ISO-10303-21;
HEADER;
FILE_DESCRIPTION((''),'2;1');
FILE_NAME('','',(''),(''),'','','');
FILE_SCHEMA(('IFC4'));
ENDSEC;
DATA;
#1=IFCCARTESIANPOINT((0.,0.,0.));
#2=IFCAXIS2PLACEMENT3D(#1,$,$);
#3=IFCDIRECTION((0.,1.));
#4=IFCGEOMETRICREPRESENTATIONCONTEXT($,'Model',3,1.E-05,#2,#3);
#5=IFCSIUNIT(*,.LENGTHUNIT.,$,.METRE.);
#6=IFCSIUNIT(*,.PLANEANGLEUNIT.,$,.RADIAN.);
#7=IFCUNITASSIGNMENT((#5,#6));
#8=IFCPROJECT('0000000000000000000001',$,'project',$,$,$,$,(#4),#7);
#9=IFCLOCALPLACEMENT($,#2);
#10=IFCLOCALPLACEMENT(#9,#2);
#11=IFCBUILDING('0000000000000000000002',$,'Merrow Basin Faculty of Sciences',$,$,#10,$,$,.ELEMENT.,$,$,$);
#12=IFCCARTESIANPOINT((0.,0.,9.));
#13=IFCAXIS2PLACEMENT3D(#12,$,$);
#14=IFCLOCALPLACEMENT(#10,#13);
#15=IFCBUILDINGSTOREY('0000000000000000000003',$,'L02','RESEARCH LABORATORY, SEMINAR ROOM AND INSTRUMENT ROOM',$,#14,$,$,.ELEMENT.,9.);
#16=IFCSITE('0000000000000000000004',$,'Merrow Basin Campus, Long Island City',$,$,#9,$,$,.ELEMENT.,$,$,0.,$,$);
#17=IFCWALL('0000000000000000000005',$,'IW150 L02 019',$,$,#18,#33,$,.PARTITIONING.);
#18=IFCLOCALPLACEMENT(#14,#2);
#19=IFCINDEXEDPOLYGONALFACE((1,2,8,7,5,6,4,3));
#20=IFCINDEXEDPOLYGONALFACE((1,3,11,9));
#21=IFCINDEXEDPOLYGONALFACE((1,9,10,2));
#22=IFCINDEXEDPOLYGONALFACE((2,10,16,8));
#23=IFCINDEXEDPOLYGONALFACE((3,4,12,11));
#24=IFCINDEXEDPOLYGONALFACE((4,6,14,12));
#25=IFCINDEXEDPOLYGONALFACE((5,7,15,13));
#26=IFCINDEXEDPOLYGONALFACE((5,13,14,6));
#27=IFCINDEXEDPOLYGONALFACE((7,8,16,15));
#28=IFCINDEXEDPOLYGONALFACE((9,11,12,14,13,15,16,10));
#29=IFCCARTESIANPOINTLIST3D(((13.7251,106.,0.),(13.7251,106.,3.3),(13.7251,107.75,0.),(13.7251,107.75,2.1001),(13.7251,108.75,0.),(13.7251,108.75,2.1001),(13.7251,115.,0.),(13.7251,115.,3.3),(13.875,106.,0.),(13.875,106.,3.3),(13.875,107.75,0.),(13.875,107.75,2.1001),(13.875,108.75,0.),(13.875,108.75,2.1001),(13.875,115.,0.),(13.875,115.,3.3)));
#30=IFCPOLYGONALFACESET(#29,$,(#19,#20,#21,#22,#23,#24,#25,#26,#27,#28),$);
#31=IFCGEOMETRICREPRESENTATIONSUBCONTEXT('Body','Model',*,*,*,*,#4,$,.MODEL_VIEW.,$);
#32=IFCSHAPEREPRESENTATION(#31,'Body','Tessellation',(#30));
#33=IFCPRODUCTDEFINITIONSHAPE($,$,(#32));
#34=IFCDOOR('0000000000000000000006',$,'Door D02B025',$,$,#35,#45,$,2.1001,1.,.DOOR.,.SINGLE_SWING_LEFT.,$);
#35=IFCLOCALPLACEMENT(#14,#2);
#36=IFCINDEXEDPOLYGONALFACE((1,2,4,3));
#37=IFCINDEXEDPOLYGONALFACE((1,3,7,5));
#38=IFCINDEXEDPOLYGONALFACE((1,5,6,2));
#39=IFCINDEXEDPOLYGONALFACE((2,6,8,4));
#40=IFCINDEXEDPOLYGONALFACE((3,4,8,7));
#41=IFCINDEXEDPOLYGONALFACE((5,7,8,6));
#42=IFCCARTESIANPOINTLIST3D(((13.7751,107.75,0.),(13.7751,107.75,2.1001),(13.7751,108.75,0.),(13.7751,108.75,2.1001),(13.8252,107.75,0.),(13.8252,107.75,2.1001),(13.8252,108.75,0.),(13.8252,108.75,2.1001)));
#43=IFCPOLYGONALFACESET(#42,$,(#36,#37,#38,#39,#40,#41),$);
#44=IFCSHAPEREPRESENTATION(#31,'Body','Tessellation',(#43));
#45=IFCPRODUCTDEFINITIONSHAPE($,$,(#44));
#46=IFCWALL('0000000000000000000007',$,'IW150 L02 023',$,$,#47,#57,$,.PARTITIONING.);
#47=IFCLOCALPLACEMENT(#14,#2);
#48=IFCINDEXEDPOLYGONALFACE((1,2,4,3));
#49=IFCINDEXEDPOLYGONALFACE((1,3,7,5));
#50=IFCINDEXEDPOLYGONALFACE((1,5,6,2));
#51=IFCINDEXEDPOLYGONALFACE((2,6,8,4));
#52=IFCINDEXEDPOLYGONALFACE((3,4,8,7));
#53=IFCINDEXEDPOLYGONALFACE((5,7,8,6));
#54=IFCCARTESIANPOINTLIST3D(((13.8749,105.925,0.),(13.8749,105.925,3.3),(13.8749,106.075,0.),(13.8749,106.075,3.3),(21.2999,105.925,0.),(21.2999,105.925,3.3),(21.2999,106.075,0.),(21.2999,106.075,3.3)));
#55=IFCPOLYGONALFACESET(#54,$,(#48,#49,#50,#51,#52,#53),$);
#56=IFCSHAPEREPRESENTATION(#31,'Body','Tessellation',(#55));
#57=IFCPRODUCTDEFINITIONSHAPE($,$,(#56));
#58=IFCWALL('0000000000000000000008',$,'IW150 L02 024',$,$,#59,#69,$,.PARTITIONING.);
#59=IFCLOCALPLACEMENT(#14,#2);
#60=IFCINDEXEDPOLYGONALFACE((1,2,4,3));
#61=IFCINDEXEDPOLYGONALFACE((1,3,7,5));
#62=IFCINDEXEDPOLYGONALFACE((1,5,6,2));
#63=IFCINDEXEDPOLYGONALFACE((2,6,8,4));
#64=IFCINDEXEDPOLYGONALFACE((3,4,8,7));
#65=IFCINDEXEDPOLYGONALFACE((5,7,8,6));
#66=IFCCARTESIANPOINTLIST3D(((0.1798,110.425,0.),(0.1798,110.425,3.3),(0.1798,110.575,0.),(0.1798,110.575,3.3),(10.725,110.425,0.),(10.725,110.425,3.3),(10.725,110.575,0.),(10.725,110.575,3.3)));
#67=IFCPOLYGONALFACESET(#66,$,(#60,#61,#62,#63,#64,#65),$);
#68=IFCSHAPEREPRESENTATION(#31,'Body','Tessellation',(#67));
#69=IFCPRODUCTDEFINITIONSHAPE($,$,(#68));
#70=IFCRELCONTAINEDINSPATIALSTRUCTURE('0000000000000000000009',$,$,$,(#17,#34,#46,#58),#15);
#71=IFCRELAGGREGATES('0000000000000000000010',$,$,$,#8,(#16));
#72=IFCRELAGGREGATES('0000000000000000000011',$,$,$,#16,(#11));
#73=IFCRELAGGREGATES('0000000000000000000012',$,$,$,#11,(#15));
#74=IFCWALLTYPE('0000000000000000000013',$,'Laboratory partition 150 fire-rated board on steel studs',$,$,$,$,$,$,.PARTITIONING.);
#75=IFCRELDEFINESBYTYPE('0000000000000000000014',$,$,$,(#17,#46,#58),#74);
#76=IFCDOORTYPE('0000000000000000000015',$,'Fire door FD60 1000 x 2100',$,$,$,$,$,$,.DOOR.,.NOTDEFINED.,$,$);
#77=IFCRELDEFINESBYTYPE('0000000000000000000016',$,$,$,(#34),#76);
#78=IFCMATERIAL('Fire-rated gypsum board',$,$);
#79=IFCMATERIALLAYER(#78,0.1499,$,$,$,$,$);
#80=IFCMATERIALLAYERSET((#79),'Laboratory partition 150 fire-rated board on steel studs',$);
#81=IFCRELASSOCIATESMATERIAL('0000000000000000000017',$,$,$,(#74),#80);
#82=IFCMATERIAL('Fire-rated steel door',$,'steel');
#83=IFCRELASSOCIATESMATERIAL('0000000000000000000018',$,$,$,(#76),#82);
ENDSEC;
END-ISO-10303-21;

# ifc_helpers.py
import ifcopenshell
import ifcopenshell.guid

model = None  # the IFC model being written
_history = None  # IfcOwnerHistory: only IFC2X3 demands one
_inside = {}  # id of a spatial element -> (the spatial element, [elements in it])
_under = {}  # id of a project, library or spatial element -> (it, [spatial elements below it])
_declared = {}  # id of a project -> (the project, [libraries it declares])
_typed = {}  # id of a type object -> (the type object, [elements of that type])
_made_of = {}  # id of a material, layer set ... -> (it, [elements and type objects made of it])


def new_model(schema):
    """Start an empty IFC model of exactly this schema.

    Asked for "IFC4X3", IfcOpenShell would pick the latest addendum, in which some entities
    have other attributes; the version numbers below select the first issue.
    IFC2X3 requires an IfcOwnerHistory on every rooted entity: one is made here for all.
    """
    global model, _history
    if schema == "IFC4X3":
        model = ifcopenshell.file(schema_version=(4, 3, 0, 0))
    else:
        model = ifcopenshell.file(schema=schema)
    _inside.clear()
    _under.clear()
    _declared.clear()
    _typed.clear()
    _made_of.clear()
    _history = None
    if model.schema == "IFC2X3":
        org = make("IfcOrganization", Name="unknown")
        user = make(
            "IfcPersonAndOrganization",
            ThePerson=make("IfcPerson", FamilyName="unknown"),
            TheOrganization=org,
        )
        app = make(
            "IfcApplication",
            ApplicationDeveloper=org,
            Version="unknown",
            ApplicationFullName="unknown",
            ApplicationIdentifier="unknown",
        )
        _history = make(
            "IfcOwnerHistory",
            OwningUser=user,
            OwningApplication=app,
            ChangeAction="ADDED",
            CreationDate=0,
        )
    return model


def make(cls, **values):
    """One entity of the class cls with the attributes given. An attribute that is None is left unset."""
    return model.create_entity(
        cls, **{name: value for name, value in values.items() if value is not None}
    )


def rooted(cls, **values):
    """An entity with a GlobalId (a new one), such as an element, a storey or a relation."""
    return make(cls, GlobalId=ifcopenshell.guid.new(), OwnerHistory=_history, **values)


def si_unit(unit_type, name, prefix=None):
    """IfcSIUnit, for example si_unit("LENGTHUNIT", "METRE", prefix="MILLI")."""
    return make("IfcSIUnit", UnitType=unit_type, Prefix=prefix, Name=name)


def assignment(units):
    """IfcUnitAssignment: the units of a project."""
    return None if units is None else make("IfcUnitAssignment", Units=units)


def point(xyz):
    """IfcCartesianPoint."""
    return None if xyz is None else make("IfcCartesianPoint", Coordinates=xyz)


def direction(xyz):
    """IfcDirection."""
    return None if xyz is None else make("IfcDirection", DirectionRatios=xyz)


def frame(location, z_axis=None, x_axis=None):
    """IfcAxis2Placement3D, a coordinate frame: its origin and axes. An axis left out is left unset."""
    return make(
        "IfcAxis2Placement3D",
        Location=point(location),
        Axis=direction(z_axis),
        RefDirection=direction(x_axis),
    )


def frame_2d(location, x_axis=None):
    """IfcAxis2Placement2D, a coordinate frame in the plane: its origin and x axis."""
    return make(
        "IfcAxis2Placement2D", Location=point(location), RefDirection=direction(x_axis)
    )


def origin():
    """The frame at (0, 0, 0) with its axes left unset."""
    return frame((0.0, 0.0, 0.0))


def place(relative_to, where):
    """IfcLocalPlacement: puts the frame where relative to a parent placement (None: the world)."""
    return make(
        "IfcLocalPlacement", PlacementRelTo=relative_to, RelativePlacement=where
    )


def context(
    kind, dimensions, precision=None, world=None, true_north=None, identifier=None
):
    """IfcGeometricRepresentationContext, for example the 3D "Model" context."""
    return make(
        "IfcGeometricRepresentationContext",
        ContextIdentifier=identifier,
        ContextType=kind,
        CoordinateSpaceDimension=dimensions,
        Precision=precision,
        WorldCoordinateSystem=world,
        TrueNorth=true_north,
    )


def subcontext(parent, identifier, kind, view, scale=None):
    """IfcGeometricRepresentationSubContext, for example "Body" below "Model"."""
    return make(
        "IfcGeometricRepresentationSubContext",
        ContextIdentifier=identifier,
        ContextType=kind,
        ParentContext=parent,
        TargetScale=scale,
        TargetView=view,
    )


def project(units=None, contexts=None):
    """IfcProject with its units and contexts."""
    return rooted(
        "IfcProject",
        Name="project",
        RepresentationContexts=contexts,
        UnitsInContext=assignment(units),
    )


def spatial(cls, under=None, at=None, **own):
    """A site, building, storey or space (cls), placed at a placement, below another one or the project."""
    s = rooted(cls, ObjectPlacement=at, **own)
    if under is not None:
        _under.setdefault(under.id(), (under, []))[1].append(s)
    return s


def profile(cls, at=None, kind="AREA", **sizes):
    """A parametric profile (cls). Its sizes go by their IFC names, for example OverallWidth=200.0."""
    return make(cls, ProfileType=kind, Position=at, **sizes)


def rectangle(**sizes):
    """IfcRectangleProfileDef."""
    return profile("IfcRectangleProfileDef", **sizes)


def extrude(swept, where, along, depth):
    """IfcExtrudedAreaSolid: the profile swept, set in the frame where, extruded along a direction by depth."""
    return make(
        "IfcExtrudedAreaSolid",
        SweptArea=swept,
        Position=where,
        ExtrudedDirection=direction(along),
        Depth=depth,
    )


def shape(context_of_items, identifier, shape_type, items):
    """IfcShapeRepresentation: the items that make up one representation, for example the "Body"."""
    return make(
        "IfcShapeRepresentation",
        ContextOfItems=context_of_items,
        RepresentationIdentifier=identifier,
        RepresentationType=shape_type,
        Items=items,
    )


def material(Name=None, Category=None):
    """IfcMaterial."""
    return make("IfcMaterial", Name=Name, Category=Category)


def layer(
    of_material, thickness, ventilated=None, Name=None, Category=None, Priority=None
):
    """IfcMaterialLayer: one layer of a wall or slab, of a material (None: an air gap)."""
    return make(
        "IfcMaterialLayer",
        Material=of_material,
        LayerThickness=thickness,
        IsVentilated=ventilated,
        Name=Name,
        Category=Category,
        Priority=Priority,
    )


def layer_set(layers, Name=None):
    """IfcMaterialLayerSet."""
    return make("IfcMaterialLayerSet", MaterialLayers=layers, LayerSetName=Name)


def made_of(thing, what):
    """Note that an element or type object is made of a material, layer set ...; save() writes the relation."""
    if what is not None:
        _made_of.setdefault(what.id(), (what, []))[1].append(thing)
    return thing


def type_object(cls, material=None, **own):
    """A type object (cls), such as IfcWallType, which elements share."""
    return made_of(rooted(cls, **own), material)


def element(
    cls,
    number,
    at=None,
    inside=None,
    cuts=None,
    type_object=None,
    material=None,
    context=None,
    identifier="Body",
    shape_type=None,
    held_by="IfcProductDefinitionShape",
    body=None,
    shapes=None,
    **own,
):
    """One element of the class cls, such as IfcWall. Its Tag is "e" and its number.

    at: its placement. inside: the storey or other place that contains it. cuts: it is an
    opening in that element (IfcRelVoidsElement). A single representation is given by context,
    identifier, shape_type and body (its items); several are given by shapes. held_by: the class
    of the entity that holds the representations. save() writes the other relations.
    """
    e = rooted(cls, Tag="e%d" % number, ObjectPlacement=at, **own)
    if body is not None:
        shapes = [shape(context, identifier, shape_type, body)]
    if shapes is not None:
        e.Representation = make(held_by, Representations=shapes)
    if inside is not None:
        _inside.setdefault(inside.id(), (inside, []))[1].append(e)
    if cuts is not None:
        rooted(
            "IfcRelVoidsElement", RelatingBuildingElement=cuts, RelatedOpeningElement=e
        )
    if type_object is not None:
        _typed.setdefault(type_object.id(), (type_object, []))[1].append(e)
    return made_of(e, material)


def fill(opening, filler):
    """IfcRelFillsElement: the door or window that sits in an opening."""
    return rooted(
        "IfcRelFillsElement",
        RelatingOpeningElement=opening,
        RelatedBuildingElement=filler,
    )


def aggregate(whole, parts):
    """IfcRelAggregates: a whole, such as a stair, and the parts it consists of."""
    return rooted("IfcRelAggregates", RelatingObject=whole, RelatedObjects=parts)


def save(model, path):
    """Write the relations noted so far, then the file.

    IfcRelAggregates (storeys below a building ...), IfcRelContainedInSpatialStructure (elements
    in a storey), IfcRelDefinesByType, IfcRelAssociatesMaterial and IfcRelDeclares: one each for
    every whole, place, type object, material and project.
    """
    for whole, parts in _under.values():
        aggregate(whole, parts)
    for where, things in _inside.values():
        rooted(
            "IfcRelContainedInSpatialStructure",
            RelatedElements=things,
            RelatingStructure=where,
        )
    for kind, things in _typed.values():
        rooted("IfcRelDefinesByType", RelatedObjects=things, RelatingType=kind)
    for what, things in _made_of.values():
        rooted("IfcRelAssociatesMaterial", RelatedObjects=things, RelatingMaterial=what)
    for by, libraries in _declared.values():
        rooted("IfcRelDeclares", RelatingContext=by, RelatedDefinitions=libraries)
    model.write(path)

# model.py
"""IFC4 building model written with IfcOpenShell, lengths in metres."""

from ifc_helpers import new_model, si_unit, direction, frame, frame_2d, origin, place, context, subcontext, project, spatial, rectangle, extrude, material, layer, layer_set, type_object, element, fill, save


model = new_model("IFC4")

# Units and contexts
model_context = context("Model", 3, precision=1e-05, world=origin(), true_north=direction((0.0, 1.0)))
body_context = subcontext(model_context, "Body", "Model", "MODEL_VIEW")
ifc_project = project(units=[si_unit("LENGTHUNIT", "METRE"), si_unit("PLANEANGLEUNIT", "RADIAN")], contexts=[model_context])

# Site, building, storey
site_placement = place(None, origin())
site = spatial("IfcSite", under=ifc_project, at=site_placement, Name="Merrow Basin Campus, Long Island City", CompositionType="ELEMENT", RefElevation=0.0)
building_placement = place(site_placement, origin())
building = spatial("IfcBuilding", under=site, at=building_placement, Name="Merrow Basin Faculty of Sciences", CompositionType="ELEMENT")
storey_placement = place(building_placement, frame((0.0, 0.0, 9.0)))
storey = spatial("IfcBuildingStorey", under=building, at=storey_placement, Name="L02", Description="RESEARCH LABORATORY, SEMINAR ROOM AND INSTRUMENT ROOM", CompositionType="ELEMENT", Elevation=9.0)

# Shared definitions
ifc_material_1 = material(Name="Fire-rated gypsum board")
ifc_layer_1 = layer(ifc_material_1, 0.1499)
ifc_layer_set_1 = layer_set([ifc_layer_1], Name="Laboratory partition 150 fire-rated board on steel studs")
wall_type = type_object("IfcWallType", Name="Laboratory partition 150 fire-rated board on steel studs", PredefinedType="PARTITIONING", material=ifc_layer_set_1)
ifc_material_2 = material(Name="Fire-rated steel door", Category="steel")
door_type = type_object("IfcDoorType", Name="Fire door FD60 1000 x 2100", OperationType="NOTDEFINED", PredefinedType="DOOR", material=ifc_material_2)

# Wall, opening, door
wall_1_placement = place(storey_placement, frame((13.8, 106.0, 0.0), z_axis=(0.0, 0.0, 1.0), x_axis=(0.0, 1.0, 0.0)))
wall_1 = element("IfcWall", 1, at=wall_1_placement, inside=storey, type_object=wall_type, Name="IW150 L02 019", PredefinedType="PARTITIONING", context=body_context, shape_type="SweptSolid", body=[
    extrude(rectangle(XDim=9.0, YDim=0.1499, at=frame_2d((4.5, 0.0))), origin(), (0.0, 0.0, 1.0), 3.3),
])
opening_1_placement = place(wall_1_placement, frame((1.75, 0.0, 0.0)))
opening_1 = element("IfcOpeningElement", 2, at=opening_1_placement, cuts=wall_1, PredefinedType="OPENING", context=body_context, shape_type="SweptSolid", body=[
    extrude(rectangle(XDim=1.0, YDim=2.1001, at=frame_2d((0.5, 1.05))), frame((0.0, 0.085, 0.0), z_axis=(0.0, -1.0, 0.0), x_axis=(1.0, 0.0, 0.0)), (0.0, 0.0, 1.0), 0.1699),
])
door_1_placement = place(opening_1_placement, origin())
door_1 = element("IfcDoor", 3, at=door_1_placement, inside=storey, type_object=door_type, Name="Door D02B025", OperationType="SINGLE_SWING_LEFT", OverallHeight=2.1001, OverallWidth=1.0, PredefinedType="DOOR", context=body_context, shape_type="SweptSolid", body=[
    extrude(rectangle(XDim=1.0, YDim=2.1001, at=frame_2d((0.5, 1.05))), frame((0.0, 0.0249, 0.0), z_axis=(0.0, -1.0, 0.0), x_axis=(1.0, 0.0, 0.0)), (0.0, 0.0, 1.0), 0.05),
])
fill(opening_1, door_1)

# Walls
wall_2_placement = place(storey_placement, frame((13.875, 106.0, 0.0), z_axis=(0.0, 0.0, 1.0), x_axis=(1.0, 0.0, 0.0)))
element("IfcWall", 4, at=wall_2_placement, inside=storey, type_object=wall_type, Name="IW150 L02 023", PredefinedType="PARTITIONING", context=body_context, shape_type="SweptSolid", body=[
    extrude(rectangle(XDim=7.425, YDim=0.1499, at=frame_2d((3.7124, 0.0))), origin(), (0.0, 0.0, 1.0), 3.3),
])
wall_3_placement = place(storey_placement, frame((0.1799, 110.5, 0.0), z_axis=(0.0, 0.0, 1.0), x_axis=(1.0, 0.0, 0.0)))
element("IfcWall", 5, at=wall_3_placement, inside=storey, type_object=wall_type, Name="IW150 L02 024", PredefinedType="PARTITIONING", context=body_context, shape_type="SweptSolid", body=[
    extrude(rectangle(XDim=10.5452, YDim=0.1499, at=frame_2d((5.2725, 0.0))), origin(), (0.0, 0.0, 1.0), 3.3),
])

save(model, "model.ifc")
